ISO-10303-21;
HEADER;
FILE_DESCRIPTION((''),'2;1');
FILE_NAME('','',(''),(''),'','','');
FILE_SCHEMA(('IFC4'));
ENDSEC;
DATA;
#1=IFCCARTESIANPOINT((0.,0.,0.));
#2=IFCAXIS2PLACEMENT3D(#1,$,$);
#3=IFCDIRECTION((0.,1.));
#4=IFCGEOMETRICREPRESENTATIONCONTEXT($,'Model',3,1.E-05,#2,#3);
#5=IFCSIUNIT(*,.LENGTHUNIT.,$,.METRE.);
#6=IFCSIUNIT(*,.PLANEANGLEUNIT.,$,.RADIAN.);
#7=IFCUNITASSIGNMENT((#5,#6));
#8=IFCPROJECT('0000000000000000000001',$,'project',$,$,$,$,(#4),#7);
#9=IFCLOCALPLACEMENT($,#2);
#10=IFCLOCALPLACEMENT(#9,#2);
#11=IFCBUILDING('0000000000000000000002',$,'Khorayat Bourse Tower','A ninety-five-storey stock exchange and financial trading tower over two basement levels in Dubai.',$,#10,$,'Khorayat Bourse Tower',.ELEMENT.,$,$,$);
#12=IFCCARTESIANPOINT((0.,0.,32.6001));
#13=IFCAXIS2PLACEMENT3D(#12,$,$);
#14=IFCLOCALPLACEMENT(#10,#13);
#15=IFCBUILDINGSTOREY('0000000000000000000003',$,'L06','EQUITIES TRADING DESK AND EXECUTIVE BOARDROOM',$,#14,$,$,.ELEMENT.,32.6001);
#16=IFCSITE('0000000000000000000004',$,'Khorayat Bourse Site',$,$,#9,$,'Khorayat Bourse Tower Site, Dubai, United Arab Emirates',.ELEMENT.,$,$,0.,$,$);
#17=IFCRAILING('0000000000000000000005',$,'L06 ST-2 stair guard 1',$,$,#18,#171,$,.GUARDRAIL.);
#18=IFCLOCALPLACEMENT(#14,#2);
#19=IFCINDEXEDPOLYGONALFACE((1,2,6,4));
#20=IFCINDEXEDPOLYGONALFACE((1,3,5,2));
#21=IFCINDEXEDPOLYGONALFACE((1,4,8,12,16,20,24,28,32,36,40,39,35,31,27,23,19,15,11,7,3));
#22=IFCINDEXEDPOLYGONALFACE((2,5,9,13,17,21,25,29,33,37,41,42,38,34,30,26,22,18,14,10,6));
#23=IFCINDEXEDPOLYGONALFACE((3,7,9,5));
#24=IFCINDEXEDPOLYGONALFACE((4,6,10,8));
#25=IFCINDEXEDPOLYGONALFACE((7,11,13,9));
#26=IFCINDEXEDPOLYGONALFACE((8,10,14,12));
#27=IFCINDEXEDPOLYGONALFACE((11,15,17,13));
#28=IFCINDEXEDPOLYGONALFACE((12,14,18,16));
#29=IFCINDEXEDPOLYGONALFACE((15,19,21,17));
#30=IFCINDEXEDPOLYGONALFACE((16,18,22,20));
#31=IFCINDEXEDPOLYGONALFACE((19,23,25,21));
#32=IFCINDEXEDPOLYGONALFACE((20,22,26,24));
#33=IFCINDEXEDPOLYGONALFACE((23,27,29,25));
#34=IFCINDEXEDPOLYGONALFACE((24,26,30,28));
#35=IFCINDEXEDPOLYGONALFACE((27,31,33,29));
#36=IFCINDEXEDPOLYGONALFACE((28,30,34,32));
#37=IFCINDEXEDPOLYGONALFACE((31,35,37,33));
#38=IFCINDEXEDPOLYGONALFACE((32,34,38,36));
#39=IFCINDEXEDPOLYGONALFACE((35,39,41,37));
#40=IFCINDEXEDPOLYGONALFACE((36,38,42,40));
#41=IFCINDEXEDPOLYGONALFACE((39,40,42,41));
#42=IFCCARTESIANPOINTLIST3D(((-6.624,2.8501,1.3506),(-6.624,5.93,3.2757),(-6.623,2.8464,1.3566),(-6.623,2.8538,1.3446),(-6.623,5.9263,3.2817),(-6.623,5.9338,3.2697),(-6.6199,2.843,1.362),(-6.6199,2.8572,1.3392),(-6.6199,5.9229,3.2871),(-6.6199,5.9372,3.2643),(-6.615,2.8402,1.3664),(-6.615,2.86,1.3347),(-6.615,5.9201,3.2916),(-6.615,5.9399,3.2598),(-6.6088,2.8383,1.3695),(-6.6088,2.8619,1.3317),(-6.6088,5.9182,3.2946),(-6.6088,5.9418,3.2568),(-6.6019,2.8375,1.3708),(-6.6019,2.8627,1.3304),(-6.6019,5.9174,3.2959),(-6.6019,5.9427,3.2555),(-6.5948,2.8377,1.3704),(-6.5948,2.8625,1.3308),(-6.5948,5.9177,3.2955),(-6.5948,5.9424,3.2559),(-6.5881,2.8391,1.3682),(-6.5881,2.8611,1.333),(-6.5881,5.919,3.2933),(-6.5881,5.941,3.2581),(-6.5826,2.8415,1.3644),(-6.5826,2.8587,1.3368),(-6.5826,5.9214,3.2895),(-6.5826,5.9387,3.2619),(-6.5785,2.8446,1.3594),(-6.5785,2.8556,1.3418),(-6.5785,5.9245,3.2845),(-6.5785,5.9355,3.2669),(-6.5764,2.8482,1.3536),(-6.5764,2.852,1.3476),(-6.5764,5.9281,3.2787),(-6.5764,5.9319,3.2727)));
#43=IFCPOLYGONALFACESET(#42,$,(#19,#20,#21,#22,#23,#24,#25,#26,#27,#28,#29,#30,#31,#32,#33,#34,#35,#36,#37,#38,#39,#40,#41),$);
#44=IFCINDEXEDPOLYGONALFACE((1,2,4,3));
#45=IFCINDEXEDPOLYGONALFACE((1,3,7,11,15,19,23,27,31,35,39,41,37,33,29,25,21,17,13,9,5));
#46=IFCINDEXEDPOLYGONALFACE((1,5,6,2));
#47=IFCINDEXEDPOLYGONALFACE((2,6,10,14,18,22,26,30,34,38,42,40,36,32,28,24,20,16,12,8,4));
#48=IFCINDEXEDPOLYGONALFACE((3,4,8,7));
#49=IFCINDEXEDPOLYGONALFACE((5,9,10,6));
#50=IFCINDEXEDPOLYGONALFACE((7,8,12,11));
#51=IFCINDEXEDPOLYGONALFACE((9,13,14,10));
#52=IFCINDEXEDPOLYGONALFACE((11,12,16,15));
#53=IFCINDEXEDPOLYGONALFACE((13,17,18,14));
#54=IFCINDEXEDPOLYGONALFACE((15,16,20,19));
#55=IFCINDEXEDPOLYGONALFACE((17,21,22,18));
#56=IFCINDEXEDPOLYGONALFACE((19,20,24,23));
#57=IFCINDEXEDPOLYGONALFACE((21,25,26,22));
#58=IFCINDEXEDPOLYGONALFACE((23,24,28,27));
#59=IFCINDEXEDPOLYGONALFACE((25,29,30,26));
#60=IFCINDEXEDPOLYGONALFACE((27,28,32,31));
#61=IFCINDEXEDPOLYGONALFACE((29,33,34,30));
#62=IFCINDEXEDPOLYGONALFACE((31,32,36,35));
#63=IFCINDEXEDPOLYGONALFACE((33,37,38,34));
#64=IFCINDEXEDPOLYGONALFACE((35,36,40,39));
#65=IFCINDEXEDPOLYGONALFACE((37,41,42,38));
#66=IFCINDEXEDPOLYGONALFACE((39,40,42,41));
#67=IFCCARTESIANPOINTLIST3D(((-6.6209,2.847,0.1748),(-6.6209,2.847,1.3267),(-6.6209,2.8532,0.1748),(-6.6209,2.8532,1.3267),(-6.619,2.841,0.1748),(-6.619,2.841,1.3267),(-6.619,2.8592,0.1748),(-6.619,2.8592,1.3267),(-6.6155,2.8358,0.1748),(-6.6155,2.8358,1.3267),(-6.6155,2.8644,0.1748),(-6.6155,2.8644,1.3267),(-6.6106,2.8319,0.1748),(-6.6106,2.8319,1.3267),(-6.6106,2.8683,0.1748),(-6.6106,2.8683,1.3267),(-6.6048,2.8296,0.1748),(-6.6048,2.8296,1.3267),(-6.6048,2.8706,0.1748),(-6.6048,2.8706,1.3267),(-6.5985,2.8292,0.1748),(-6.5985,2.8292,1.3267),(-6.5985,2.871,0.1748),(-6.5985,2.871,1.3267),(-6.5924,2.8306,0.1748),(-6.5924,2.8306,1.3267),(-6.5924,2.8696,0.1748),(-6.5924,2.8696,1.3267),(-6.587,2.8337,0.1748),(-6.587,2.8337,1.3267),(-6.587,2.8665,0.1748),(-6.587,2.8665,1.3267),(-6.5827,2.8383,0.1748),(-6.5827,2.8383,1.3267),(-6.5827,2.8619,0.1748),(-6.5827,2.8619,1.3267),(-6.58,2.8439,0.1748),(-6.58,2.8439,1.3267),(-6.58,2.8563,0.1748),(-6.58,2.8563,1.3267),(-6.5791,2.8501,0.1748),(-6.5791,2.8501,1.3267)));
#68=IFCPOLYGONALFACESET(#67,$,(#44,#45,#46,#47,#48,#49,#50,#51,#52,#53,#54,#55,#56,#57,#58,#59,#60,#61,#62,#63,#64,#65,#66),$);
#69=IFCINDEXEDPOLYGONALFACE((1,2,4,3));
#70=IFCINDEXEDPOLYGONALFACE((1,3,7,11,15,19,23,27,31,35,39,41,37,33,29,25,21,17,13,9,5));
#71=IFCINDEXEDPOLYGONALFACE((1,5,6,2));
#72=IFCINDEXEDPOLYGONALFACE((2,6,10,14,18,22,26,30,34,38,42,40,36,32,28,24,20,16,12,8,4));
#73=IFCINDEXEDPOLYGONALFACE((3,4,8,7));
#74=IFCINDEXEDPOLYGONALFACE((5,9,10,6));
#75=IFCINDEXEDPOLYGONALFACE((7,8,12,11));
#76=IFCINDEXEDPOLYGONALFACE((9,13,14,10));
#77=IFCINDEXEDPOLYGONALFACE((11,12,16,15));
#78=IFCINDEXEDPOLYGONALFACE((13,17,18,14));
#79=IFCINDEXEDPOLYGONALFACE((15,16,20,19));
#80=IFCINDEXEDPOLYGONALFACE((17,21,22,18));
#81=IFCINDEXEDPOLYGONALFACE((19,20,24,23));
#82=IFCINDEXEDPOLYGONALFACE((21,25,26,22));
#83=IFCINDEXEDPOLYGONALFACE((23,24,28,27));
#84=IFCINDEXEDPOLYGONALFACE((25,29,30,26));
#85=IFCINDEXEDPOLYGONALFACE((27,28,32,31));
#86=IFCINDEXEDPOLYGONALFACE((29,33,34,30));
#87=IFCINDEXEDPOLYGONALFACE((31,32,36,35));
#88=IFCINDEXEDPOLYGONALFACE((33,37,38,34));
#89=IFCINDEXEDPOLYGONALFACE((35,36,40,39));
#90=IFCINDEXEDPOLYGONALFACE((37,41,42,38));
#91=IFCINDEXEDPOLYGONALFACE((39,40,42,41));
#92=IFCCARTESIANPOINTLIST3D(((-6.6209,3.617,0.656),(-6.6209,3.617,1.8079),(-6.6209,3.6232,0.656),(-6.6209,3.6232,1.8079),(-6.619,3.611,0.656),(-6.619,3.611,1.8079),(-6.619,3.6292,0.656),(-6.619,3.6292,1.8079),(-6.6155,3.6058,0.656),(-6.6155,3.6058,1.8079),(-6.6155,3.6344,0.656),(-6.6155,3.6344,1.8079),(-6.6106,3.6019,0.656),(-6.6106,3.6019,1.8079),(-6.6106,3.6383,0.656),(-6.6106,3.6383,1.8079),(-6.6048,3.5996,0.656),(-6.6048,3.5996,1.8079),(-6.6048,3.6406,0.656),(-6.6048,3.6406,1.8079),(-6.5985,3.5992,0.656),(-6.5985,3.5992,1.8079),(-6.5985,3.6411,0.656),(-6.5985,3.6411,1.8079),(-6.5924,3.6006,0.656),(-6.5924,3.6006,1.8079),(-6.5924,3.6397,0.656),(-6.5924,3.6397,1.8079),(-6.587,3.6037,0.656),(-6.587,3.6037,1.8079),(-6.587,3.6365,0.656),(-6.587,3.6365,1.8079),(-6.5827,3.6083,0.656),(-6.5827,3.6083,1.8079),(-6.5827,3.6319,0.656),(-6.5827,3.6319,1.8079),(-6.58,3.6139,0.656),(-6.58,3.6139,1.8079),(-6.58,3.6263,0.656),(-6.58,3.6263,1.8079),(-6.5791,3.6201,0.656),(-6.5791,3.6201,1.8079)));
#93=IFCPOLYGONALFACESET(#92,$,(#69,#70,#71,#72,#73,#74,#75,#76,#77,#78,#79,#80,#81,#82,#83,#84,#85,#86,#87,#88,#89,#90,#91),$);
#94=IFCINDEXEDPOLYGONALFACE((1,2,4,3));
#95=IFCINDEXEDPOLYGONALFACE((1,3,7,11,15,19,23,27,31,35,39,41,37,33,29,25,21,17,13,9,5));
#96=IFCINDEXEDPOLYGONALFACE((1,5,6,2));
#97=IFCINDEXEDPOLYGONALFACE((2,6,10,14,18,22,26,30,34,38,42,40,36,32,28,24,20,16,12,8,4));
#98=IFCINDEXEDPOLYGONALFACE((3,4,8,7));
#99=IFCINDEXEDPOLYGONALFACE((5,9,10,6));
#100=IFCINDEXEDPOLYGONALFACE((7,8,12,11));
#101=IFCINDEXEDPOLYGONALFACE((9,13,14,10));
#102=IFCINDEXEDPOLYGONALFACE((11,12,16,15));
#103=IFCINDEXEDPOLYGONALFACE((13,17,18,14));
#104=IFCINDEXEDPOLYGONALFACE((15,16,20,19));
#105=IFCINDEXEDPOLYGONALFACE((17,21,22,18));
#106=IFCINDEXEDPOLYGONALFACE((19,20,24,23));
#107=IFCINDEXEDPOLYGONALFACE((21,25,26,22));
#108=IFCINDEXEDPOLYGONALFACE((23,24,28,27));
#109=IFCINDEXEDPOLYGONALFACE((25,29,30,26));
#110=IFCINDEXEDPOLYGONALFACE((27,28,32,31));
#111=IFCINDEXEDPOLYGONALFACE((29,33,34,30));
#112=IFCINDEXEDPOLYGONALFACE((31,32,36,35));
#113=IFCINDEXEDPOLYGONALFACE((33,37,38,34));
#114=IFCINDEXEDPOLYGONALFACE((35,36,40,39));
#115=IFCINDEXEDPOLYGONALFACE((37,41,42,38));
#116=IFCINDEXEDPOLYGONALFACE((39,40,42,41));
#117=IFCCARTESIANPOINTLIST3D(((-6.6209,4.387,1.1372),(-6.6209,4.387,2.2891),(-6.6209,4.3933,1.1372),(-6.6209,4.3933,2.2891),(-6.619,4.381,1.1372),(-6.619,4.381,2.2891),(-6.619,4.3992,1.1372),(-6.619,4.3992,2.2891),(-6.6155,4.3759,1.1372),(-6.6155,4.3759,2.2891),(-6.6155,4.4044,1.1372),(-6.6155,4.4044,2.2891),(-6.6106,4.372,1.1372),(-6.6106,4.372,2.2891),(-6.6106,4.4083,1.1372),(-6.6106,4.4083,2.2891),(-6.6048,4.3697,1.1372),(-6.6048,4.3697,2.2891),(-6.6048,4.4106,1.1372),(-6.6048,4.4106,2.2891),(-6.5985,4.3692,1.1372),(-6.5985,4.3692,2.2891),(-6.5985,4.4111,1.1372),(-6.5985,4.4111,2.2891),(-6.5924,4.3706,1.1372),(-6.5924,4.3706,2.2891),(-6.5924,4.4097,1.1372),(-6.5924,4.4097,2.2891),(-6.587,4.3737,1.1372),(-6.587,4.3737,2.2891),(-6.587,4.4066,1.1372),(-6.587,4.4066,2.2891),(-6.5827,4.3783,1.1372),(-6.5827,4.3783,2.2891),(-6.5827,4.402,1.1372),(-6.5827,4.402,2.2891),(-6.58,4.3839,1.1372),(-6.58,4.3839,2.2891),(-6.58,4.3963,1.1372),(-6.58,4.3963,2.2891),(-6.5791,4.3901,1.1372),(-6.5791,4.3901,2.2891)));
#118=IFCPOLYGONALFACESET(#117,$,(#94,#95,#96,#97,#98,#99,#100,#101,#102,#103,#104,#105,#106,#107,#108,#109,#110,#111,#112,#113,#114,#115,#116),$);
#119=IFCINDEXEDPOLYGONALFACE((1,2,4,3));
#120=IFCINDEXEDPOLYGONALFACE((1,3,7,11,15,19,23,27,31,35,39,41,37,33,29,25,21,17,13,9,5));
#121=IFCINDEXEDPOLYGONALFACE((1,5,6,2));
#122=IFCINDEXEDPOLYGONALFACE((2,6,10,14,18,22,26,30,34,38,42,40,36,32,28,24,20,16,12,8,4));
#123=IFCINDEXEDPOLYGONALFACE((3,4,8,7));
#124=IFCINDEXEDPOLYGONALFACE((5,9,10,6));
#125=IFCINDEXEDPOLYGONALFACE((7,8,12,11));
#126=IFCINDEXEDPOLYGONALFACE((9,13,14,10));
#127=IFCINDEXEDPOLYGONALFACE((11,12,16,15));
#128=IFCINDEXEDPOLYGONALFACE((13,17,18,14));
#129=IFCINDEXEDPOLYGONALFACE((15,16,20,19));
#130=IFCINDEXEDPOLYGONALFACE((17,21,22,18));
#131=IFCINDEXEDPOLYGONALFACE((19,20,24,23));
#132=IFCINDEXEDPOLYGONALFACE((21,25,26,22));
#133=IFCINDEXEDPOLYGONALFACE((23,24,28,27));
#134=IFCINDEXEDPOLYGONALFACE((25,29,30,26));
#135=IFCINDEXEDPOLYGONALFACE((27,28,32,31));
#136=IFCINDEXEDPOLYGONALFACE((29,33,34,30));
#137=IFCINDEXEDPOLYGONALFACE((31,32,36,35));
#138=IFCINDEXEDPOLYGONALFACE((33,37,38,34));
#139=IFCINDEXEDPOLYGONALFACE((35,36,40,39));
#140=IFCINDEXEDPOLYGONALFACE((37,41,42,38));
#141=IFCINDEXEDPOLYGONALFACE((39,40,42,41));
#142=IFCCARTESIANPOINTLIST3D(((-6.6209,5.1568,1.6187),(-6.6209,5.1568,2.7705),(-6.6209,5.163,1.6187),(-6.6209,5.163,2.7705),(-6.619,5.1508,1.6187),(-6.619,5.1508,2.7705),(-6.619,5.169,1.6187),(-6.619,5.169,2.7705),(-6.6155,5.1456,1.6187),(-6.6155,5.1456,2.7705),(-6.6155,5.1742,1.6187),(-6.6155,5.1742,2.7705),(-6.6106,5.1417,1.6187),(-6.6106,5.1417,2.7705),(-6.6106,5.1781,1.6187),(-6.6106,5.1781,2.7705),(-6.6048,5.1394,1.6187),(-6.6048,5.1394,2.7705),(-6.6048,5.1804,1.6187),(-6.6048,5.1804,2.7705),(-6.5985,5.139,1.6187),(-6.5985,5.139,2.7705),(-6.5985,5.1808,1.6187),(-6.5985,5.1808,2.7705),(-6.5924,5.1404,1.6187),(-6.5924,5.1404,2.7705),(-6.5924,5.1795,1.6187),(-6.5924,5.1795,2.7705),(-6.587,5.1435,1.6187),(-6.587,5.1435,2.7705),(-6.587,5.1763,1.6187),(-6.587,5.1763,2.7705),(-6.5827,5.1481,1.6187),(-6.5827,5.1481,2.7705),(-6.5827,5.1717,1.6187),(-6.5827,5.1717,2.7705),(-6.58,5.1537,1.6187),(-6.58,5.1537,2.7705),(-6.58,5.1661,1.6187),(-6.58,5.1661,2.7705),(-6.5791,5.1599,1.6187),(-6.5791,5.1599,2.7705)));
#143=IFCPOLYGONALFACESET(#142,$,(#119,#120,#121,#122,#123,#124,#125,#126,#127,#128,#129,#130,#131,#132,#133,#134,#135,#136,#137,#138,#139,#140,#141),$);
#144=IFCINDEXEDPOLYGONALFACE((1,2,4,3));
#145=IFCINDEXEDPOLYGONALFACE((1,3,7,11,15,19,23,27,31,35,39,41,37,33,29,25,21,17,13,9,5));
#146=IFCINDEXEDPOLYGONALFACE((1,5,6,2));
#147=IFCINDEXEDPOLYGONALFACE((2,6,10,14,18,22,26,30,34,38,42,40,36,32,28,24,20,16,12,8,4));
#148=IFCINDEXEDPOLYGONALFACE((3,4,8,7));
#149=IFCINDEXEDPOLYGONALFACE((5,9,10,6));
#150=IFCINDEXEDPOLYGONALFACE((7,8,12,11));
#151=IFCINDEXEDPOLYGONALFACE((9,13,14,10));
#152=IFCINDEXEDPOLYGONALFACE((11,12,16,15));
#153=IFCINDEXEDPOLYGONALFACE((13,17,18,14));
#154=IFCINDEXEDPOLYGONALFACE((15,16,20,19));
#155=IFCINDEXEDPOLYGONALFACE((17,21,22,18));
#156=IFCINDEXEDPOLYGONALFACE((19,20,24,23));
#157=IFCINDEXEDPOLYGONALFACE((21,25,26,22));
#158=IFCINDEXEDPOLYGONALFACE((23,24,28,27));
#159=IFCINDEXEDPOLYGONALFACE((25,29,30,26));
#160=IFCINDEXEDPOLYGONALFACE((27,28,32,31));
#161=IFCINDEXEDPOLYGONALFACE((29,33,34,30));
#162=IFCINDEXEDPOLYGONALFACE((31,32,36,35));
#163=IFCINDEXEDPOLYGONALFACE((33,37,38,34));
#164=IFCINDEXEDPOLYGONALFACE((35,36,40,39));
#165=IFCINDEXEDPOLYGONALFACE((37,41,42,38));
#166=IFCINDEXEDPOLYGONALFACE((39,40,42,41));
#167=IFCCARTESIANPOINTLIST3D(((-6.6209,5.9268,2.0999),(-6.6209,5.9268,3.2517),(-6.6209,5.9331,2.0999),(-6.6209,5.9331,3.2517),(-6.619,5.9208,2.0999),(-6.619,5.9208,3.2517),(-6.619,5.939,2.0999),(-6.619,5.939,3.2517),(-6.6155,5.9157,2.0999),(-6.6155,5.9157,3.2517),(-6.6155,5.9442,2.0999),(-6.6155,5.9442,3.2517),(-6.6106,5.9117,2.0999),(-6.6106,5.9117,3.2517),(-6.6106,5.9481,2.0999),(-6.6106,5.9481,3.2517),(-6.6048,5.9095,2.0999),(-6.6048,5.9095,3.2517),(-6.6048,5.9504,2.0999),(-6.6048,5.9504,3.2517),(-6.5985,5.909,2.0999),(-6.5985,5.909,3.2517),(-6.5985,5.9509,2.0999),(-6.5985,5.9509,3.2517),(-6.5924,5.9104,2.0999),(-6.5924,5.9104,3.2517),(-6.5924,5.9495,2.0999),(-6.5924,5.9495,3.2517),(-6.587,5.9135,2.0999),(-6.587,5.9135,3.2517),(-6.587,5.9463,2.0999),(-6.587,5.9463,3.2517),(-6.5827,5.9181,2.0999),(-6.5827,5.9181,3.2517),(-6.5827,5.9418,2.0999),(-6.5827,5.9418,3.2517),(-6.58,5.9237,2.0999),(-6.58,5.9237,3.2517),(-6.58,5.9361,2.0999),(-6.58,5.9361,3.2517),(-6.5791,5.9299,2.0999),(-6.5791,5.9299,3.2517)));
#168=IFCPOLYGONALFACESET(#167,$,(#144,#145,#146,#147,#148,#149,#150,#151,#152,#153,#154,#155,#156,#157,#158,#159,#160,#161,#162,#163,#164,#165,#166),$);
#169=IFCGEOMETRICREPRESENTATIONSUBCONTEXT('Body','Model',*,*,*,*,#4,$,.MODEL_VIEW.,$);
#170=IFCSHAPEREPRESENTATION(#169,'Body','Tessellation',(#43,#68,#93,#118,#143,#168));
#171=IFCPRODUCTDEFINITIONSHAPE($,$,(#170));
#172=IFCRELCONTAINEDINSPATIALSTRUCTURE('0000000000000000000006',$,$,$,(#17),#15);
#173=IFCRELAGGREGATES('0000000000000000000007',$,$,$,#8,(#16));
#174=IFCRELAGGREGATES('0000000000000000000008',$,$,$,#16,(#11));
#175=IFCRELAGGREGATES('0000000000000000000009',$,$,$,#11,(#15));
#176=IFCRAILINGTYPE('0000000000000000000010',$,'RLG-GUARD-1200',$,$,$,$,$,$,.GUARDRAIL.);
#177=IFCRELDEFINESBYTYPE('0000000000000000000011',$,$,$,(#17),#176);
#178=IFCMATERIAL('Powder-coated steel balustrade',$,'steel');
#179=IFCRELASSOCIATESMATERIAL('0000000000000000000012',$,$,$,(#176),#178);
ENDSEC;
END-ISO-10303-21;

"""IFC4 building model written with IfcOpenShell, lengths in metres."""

from ifc_helpers import new_model, si_unit, direction, frame, origin, origin_2d, place, context, subcontext, project, spatial, circle, extrude, source, transform, mapped, material, type_object, element, save


model = new_model("IFC4")

# Units and contexts
model_context = context("Model", 3, precision=1e-05, world=origin(), true_north=direction((0.0, 1.0)))
body_context = subcontext(model_context, "Body", "Model", "MODEL_VIEW")
ifc_project = project(units=[si_unit("LENGTHUNIT", "METRE"), si_unit("PLANEANGLEUNIT", "RADIAN")], contexts=[model_context])

# Site, building, storey
site_placement = place(None, origin())
site = spatial("IfcSite", under=ifc_project, at=site_placement, Name="Khorayat Bourse Site", LongName="Khorayat Bourse Tower Site, Dubai, United Arab Emirates", CompositionType="ELEMENT", RefElevation=0.0)
building_placement = place(site_placement, origin())
building = spatial("IfcBuilding", under=site, at=building_placement, Name="Khorayat Bourse Tower", Description="A ninety-five-storey stock exchange and financial trading tower over two basement levels in Dubai.", LongName="Khorayat Bourse Tower", CompositionType="ELEMENT")
storey_placement = place(building_placement, frame((0.0, 0.0, 32.6001)))
storey = spatial("IfcBuildingStorey", under=building, at=storey_placement, Name="L06", Description="EQUITIES TRADING DESK AND EXECUTIVE BOARDROOM", CompositionType="ELEMENT", Elevation=32.6001)

# Railing
ifc_material_1 = material(Name="Powder-coated steel balustrade", Category="steel")
railing_type_1 = type_object("IfcRailingType", Name="RLG-GUARD-1200", PredefinedType="GUARDRAIL", material=ifc_material_1)
shared_shape_1 = source(origin(), body_context, "Body", "SweptSolid", [
    extrude(circle(Radius=0.0239, at=origin_2d()), frame((0.0, 0.0, 1.1758), z_axis=(0.0, 0.847979, 0.530029), x_axis=(-1.0, 0.0, 0.0)), (0.0, 0.0, 1.0), 3.6321),
    extrude(circle(Radius=0.021, at=origin_2d()), origin(), (0.0, 0.0, 1.0), 1.1519),
    extrude(circle(Radius=0.021, at=origin_2d()), frame((0.0, 0.77, 0.4812)), (0.0, 0.0, 1.0), 1.1519),
    extrude(circle(Radius=0.021, at=origin_2d()), frame((0.0, 1.54, 0.9624)), (0.0, 0.0, 1.0), 1.1519),
    extrude(circle(Radius=0.021, at=origin_2d()), frame((0.0, 2.3098, 1.4438)), (0.0, 0.0, 1.0), 1.1519),
    extrude(circle(Radius=0.021, at=origin_2d()), frame((0.0, 3.0798, 1.925)), (0.0, 0.0, 1.0), 1.1519),
])
railing_1_placement = place(storey_placement, frame((-6.6001, 2.8501, 0.1748)))
element("IfcRailing", 1, at=railing_1_placement, inside=storey, type_object=railing_type_1, Name="L06 ST-2 stair guard 1", PredefinedType="GUARDRAIL", context=body_context, shape_type="MappedRepresentation", body=[
    mapped(shared_shape_1, transform((0.0, 0.0, 0.0), scale=1.0)),
])

save(model, "model.ifc")
